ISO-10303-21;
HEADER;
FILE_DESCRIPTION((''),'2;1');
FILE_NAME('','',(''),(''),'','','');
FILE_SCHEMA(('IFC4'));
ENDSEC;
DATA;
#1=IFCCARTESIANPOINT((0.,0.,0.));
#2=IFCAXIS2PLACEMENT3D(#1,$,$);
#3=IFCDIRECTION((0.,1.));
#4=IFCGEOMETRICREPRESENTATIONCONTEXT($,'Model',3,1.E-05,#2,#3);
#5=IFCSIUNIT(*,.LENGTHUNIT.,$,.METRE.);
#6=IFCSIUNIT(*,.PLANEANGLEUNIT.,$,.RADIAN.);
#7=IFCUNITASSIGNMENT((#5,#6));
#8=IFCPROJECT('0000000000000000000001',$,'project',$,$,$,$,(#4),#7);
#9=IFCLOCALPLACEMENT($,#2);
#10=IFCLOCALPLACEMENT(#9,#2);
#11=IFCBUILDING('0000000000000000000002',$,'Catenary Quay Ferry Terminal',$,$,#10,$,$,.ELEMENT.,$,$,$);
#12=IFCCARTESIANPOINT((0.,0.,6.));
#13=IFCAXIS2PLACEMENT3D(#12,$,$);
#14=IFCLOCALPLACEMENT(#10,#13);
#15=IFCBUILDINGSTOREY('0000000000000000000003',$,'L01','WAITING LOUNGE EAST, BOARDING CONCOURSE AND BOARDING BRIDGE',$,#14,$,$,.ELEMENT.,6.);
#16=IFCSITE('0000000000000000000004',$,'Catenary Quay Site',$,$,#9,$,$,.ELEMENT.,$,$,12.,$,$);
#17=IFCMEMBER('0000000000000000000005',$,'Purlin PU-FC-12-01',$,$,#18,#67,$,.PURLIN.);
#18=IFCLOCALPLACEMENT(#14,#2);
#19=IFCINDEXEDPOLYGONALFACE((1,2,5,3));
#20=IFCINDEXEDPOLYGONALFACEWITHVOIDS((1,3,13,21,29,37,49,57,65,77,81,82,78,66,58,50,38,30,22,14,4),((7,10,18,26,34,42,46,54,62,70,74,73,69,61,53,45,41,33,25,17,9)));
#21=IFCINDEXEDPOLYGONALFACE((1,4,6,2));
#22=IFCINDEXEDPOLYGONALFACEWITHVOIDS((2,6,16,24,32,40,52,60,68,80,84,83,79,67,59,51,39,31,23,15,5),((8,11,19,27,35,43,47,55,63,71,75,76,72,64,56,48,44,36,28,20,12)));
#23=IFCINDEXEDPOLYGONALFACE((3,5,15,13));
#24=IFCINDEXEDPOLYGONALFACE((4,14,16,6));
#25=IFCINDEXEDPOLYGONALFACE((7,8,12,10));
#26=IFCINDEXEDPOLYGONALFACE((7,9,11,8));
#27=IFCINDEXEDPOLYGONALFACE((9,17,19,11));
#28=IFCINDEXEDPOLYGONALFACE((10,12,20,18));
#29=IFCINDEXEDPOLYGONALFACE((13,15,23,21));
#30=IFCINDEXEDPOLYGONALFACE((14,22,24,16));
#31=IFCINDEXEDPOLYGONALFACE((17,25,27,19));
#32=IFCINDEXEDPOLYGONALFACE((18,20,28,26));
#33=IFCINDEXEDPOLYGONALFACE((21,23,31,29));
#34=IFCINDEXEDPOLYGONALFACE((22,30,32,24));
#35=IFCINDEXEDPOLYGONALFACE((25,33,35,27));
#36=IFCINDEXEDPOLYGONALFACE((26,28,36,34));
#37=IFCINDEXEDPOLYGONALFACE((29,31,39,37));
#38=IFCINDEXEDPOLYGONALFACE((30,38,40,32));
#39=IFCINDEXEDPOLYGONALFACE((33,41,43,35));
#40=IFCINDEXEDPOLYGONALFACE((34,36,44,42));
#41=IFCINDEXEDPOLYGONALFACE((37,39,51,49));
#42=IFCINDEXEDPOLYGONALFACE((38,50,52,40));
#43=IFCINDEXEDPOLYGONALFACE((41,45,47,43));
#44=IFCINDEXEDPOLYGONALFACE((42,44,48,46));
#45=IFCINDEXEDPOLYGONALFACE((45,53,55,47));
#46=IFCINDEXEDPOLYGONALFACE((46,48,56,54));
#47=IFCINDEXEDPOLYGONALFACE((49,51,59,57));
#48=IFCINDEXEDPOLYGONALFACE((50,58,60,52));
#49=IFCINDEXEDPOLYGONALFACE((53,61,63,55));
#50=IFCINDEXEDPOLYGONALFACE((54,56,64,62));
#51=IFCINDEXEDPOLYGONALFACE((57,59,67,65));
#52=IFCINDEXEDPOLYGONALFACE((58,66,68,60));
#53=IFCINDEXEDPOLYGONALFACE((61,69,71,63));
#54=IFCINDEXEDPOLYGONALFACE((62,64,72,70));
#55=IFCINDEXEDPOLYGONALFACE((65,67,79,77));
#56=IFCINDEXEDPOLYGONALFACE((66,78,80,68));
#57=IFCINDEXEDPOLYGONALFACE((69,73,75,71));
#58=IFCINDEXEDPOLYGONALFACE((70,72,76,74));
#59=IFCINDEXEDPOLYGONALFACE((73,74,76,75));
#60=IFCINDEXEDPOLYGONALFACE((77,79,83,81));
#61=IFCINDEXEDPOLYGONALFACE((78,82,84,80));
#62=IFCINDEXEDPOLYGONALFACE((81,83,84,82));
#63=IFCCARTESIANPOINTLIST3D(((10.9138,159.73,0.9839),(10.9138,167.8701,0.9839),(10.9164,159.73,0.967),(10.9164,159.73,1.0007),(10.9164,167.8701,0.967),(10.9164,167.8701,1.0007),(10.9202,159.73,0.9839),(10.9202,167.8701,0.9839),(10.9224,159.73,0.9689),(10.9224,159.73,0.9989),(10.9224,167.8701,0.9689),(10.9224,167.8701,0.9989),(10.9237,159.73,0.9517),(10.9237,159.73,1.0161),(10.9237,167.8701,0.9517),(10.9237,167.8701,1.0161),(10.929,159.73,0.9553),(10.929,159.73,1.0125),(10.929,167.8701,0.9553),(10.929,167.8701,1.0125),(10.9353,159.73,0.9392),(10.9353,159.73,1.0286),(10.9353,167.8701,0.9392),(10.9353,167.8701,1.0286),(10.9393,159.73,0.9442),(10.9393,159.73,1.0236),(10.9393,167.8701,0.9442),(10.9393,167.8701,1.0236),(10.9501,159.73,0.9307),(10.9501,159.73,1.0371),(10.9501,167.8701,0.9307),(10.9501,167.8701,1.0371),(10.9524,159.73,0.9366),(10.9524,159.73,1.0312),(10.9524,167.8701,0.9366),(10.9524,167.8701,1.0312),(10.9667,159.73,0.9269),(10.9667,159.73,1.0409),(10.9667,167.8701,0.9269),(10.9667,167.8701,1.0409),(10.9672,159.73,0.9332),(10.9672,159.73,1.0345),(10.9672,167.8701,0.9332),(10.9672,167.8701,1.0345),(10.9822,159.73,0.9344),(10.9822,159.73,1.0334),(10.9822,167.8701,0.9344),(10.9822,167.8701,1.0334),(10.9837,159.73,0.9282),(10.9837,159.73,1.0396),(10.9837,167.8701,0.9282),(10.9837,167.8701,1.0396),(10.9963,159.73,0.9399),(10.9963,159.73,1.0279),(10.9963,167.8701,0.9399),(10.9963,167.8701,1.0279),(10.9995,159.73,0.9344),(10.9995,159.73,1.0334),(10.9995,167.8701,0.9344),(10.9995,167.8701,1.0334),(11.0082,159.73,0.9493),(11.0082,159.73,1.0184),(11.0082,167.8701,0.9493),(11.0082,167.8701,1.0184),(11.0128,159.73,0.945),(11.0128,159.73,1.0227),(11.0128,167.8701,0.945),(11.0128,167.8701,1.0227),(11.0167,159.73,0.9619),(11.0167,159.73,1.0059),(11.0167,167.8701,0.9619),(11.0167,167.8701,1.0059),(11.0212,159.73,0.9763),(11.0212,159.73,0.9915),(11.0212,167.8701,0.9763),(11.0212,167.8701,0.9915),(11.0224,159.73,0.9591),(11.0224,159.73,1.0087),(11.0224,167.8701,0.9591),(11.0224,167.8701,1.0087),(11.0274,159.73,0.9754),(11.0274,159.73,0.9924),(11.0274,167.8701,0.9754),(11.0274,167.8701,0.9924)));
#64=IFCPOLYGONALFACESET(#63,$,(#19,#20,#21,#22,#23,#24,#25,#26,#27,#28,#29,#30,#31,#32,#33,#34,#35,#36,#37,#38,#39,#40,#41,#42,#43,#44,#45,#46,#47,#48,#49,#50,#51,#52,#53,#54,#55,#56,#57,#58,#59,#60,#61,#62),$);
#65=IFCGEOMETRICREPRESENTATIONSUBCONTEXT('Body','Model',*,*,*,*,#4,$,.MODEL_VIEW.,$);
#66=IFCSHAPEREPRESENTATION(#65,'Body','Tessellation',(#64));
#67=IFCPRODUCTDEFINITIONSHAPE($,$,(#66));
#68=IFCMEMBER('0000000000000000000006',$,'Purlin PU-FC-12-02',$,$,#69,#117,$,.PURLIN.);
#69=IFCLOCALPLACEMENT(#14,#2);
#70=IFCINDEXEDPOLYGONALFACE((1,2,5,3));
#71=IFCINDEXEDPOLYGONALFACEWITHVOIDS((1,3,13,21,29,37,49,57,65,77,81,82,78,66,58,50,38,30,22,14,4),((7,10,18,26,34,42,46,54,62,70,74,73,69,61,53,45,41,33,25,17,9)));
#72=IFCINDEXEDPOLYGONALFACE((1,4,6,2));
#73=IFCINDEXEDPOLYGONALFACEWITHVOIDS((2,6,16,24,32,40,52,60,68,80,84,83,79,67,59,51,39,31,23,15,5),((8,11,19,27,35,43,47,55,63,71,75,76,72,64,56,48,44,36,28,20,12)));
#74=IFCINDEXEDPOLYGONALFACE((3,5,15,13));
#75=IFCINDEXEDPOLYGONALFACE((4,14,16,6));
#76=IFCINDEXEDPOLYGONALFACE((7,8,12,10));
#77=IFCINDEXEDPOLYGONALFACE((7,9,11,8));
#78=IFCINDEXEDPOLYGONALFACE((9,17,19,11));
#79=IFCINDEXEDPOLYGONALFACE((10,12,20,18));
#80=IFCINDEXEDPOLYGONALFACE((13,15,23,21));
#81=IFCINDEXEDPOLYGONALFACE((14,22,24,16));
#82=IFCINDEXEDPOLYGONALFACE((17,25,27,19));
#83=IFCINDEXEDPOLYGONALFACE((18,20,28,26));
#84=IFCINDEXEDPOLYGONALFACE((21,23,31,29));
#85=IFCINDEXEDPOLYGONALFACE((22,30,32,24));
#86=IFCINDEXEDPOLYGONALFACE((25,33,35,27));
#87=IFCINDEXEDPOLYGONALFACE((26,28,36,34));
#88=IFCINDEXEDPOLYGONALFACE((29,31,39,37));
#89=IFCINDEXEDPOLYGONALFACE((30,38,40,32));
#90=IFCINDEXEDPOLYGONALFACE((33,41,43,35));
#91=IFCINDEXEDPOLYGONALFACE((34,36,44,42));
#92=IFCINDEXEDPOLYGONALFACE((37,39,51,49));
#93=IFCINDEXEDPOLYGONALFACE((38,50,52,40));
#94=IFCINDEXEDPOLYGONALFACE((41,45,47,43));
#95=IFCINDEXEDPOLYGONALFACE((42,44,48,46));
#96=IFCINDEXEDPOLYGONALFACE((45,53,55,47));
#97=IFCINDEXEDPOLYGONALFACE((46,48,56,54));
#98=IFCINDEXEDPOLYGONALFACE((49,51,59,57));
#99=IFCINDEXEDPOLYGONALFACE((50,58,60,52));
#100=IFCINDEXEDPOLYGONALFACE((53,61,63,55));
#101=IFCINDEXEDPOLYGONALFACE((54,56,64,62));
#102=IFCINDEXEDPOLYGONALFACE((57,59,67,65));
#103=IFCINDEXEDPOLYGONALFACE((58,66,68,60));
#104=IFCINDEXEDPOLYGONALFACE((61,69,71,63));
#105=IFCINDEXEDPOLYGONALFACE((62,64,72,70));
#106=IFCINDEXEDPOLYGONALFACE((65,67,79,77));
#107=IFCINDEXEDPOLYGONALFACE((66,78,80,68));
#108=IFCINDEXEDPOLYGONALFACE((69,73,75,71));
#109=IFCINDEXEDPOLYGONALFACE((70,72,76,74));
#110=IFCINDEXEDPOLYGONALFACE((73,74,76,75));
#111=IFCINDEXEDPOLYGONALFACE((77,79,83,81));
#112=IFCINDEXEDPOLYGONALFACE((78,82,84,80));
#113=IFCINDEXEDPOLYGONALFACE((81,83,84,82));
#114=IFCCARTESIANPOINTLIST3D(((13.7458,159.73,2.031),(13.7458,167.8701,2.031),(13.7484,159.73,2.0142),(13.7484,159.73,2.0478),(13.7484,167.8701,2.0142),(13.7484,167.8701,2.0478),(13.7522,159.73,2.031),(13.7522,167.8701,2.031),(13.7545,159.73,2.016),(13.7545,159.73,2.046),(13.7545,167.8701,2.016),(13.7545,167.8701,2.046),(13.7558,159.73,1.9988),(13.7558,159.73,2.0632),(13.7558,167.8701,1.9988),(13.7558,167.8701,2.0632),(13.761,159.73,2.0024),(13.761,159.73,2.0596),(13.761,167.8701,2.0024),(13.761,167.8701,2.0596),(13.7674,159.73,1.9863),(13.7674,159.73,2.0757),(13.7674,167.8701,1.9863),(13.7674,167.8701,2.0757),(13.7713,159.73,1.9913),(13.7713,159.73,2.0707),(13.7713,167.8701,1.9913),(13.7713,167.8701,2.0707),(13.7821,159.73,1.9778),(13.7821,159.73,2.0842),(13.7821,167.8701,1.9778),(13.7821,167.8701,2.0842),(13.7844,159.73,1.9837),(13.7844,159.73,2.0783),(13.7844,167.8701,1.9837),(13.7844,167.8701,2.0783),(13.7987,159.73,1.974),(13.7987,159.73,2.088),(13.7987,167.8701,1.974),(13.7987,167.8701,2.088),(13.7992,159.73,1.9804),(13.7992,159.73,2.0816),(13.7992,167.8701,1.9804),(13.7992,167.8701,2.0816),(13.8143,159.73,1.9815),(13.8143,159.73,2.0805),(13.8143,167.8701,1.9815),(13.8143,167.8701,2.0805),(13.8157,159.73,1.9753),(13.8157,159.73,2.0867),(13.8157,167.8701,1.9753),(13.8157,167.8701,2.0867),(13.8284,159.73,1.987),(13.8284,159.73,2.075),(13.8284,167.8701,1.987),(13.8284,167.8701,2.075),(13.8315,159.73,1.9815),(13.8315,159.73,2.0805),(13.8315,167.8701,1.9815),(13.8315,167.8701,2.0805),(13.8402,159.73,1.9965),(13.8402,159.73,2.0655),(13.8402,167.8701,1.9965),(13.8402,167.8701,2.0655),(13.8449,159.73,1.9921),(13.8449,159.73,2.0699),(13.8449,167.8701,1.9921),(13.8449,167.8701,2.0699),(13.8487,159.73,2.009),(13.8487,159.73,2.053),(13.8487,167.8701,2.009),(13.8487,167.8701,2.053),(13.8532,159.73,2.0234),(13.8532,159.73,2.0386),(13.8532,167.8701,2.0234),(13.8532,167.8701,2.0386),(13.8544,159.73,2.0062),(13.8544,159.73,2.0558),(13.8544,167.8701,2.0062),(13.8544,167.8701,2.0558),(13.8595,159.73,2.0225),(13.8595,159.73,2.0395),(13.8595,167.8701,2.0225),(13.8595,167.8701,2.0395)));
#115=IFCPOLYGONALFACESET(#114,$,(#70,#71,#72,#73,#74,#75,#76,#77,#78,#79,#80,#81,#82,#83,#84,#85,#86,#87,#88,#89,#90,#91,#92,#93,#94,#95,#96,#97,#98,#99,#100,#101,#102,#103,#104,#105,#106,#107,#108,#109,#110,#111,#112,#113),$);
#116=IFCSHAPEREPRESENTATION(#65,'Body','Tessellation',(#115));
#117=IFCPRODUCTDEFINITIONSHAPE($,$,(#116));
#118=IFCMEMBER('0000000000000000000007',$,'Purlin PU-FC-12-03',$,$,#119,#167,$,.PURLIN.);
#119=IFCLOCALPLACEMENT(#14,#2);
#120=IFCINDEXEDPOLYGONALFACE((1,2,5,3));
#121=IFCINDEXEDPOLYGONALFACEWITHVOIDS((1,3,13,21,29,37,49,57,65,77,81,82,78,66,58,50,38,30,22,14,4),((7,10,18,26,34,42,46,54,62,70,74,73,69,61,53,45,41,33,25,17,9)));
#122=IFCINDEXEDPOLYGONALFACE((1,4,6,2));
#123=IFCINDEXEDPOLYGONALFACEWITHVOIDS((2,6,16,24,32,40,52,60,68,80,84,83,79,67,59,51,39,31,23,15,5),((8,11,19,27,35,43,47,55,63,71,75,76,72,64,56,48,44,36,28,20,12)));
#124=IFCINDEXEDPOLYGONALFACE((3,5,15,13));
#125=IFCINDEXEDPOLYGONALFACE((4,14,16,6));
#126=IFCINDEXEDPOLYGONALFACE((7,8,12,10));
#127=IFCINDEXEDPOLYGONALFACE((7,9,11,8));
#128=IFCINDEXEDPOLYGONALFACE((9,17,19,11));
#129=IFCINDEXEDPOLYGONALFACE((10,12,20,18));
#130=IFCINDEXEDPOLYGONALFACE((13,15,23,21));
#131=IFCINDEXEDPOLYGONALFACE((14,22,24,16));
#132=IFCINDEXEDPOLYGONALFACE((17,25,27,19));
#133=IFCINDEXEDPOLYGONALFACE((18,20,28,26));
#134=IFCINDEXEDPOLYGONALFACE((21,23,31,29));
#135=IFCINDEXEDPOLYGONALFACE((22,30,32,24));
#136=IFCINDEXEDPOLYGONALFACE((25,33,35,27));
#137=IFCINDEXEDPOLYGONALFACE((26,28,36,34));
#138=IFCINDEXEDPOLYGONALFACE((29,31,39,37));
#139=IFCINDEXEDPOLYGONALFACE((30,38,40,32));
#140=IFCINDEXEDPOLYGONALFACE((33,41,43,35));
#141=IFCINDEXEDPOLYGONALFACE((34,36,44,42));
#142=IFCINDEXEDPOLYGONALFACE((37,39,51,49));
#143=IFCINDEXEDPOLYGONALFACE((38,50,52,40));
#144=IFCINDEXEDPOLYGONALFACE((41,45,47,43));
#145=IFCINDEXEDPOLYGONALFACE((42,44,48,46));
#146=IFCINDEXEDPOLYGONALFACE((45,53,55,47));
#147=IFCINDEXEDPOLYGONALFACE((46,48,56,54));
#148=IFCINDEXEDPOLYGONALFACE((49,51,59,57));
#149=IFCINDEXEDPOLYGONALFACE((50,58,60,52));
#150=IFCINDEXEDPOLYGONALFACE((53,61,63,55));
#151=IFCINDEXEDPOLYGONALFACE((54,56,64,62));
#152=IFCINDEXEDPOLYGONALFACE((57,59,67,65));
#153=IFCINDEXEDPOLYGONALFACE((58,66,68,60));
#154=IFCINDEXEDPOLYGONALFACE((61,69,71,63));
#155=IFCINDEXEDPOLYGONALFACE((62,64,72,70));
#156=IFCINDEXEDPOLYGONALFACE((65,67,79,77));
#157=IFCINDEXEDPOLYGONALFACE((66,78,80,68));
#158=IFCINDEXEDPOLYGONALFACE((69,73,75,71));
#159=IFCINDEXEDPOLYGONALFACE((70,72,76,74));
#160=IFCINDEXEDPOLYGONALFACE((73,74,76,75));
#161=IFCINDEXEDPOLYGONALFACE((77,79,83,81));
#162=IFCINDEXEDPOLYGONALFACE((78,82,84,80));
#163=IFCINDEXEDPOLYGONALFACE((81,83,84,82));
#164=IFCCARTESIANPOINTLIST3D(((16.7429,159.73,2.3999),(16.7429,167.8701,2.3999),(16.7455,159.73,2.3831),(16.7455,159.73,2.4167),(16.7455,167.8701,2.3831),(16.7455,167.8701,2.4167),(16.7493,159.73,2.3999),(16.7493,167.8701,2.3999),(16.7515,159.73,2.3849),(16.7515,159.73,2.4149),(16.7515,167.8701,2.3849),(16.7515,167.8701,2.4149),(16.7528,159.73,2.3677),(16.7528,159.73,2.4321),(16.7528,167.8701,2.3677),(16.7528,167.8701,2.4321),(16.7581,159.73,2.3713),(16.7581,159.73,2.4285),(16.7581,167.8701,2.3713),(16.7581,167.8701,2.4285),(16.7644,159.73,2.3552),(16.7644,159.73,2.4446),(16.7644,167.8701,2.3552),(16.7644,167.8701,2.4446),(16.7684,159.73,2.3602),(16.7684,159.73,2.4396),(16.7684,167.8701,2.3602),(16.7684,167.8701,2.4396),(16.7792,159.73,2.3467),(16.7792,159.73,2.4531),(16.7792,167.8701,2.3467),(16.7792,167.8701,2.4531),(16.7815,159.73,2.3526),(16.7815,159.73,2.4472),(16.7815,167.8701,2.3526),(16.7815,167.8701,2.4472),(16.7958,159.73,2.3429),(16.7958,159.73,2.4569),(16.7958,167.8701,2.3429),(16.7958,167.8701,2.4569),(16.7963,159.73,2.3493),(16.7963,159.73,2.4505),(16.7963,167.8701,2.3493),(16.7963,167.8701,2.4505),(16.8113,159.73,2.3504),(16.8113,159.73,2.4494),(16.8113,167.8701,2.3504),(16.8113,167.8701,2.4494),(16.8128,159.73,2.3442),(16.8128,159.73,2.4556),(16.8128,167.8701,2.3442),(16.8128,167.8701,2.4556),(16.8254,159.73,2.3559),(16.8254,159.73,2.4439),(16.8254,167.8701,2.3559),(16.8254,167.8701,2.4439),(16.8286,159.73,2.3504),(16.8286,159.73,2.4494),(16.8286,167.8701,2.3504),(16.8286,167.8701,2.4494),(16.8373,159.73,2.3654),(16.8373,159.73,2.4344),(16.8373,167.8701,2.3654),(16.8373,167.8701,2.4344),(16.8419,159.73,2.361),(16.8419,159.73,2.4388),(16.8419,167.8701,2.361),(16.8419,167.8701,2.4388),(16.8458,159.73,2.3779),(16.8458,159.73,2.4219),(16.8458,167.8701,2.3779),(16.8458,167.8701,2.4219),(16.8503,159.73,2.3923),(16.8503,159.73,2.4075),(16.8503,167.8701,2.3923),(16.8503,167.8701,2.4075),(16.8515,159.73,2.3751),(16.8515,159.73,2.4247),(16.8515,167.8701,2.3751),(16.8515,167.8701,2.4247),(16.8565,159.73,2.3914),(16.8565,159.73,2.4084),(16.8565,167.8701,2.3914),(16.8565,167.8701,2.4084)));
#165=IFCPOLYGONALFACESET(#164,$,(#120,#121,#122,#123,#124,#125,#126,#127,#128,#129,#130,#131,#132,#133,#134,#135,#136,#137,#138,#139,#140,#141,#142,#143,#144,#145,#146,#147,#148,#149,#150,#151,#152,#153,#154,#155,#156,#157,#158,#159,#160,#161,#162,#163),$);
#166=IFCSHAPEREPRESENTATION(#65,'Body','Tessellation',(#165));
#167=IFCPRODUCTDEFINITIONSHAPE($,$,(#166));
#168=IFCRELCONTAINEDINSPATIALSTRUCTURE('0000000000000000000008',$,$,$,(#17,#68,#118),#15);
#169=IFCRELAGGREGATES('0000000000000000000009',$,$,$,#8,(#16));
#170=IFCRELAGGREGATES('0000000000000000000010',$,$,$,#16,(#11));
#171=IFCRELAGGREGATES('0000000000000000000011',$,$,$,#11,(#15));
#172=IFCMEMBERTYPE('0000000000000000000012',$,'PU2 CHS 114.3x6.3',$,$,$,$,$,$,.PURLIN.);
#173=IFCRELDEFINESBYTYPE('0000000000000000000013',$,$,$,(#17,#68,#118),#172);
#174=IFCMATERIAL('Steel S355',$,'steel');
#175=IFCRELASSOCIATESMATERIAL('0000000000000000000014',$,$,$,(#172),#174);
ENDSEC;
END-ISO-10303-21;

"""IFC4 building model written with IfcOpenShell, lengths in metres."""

from ifc_helpers import new_model, si_unit, direction, frame, origin, origin_2d, place, context, subcontext, project, spatial, hollow_circle, extrude, material, material_profile, profile_set, type_object, element, save


model = new_model("IFC4")

# Units and contexts
model_context = context("Model", 3, precision=1e-05, world=origin(), true_north=direction((0.0, 1.0)))
body_context = subcontext(model_context, "Body", "Model", "MODEL_VIEW")
ifc_project = project(units=[si_unit("LENGTHUNIT", "METRE"), si_unit("PLANEANGLEUNIT", "RADIAN")], contexts=[model_context])

# Site, building, storey
site_placement = place(None, origin())
site = spatial("IfcSite", under=ifc_project, at=site_placement, Name="Catenary Quay Site", CompositionType="ELEMENT", RefElevation=12.0)
building_placement = place(site_placement, origin())
building = spatial("IfcBuilding", under=site, at=building_placement, Name="Catenary Quay Ferry Terminal", CompositionType="ELEMENT")
storey_placement = place(building_placement, frame((0.0, 0.0, 6.0)))
storey = spatial("IfcBuildingStorey", under=building, at=storey_placement, Name="L01", Description="WAITING LOUNGE EAST, BOARDING CONCOURSE AND BOARDING BRIDGE", CompositionType="ELEMENT", Elevation=6.0)

# Members
ifc_material_1 = material(Name="Steel S355", Category="steel")
ifc_material_profile_1 = material_profile(ifc_material_1, hollow_circle(Radius=0.0571, WallThickness=0.0063, at=origin_2d()), Name="CHS 114.3x6.3")
ifc_profile_set_1 = profile_set([ifc_material_profile_1], Name="Steel S355")
member_type_1 = type_object("IfcMemberType", Name="PU2 CHS 114.3x6.3", PredefinedType="PURLIN", material=ifc_profile_set_1)
for number, where, z_axis, x_axis, name in (
    (1, (10.9709, 159.73, 0.9839), (0.0, 1.0, 0.0), (-1.0, 0.0, 0.0), "Purlin PU-FC-12-01"),
    (2, (13.803, 159.73, 2.031), (0.0, 1.0, 0.0), (-1.0, 0.0, 0.0), "Purlin PU-FC-12-02"),
    (3, (16.8, 159.73, 2.3999), (0.0, 1.0, 0.0), (-1.0, 0.0, 0.0), "Purlin PU-FC-12-03"),
):
    element("IfcMember", number, at=place(storey_placement, frame(where, z_axis=z_axis, x_axis=x_axis)), inside=storey, type_object=member_type_1, Name=name, PredefinedType="PURLIN", context=body_context, shape_type="SweptSolid", body=[
        extrude(hollow_circle(Radius=0.0571, WallThickness=0.0063, at=origin_2d()), origin(), (0.0, 0.0, 1.0), 8.1401),
    ])

save(model, "model.ifc")
